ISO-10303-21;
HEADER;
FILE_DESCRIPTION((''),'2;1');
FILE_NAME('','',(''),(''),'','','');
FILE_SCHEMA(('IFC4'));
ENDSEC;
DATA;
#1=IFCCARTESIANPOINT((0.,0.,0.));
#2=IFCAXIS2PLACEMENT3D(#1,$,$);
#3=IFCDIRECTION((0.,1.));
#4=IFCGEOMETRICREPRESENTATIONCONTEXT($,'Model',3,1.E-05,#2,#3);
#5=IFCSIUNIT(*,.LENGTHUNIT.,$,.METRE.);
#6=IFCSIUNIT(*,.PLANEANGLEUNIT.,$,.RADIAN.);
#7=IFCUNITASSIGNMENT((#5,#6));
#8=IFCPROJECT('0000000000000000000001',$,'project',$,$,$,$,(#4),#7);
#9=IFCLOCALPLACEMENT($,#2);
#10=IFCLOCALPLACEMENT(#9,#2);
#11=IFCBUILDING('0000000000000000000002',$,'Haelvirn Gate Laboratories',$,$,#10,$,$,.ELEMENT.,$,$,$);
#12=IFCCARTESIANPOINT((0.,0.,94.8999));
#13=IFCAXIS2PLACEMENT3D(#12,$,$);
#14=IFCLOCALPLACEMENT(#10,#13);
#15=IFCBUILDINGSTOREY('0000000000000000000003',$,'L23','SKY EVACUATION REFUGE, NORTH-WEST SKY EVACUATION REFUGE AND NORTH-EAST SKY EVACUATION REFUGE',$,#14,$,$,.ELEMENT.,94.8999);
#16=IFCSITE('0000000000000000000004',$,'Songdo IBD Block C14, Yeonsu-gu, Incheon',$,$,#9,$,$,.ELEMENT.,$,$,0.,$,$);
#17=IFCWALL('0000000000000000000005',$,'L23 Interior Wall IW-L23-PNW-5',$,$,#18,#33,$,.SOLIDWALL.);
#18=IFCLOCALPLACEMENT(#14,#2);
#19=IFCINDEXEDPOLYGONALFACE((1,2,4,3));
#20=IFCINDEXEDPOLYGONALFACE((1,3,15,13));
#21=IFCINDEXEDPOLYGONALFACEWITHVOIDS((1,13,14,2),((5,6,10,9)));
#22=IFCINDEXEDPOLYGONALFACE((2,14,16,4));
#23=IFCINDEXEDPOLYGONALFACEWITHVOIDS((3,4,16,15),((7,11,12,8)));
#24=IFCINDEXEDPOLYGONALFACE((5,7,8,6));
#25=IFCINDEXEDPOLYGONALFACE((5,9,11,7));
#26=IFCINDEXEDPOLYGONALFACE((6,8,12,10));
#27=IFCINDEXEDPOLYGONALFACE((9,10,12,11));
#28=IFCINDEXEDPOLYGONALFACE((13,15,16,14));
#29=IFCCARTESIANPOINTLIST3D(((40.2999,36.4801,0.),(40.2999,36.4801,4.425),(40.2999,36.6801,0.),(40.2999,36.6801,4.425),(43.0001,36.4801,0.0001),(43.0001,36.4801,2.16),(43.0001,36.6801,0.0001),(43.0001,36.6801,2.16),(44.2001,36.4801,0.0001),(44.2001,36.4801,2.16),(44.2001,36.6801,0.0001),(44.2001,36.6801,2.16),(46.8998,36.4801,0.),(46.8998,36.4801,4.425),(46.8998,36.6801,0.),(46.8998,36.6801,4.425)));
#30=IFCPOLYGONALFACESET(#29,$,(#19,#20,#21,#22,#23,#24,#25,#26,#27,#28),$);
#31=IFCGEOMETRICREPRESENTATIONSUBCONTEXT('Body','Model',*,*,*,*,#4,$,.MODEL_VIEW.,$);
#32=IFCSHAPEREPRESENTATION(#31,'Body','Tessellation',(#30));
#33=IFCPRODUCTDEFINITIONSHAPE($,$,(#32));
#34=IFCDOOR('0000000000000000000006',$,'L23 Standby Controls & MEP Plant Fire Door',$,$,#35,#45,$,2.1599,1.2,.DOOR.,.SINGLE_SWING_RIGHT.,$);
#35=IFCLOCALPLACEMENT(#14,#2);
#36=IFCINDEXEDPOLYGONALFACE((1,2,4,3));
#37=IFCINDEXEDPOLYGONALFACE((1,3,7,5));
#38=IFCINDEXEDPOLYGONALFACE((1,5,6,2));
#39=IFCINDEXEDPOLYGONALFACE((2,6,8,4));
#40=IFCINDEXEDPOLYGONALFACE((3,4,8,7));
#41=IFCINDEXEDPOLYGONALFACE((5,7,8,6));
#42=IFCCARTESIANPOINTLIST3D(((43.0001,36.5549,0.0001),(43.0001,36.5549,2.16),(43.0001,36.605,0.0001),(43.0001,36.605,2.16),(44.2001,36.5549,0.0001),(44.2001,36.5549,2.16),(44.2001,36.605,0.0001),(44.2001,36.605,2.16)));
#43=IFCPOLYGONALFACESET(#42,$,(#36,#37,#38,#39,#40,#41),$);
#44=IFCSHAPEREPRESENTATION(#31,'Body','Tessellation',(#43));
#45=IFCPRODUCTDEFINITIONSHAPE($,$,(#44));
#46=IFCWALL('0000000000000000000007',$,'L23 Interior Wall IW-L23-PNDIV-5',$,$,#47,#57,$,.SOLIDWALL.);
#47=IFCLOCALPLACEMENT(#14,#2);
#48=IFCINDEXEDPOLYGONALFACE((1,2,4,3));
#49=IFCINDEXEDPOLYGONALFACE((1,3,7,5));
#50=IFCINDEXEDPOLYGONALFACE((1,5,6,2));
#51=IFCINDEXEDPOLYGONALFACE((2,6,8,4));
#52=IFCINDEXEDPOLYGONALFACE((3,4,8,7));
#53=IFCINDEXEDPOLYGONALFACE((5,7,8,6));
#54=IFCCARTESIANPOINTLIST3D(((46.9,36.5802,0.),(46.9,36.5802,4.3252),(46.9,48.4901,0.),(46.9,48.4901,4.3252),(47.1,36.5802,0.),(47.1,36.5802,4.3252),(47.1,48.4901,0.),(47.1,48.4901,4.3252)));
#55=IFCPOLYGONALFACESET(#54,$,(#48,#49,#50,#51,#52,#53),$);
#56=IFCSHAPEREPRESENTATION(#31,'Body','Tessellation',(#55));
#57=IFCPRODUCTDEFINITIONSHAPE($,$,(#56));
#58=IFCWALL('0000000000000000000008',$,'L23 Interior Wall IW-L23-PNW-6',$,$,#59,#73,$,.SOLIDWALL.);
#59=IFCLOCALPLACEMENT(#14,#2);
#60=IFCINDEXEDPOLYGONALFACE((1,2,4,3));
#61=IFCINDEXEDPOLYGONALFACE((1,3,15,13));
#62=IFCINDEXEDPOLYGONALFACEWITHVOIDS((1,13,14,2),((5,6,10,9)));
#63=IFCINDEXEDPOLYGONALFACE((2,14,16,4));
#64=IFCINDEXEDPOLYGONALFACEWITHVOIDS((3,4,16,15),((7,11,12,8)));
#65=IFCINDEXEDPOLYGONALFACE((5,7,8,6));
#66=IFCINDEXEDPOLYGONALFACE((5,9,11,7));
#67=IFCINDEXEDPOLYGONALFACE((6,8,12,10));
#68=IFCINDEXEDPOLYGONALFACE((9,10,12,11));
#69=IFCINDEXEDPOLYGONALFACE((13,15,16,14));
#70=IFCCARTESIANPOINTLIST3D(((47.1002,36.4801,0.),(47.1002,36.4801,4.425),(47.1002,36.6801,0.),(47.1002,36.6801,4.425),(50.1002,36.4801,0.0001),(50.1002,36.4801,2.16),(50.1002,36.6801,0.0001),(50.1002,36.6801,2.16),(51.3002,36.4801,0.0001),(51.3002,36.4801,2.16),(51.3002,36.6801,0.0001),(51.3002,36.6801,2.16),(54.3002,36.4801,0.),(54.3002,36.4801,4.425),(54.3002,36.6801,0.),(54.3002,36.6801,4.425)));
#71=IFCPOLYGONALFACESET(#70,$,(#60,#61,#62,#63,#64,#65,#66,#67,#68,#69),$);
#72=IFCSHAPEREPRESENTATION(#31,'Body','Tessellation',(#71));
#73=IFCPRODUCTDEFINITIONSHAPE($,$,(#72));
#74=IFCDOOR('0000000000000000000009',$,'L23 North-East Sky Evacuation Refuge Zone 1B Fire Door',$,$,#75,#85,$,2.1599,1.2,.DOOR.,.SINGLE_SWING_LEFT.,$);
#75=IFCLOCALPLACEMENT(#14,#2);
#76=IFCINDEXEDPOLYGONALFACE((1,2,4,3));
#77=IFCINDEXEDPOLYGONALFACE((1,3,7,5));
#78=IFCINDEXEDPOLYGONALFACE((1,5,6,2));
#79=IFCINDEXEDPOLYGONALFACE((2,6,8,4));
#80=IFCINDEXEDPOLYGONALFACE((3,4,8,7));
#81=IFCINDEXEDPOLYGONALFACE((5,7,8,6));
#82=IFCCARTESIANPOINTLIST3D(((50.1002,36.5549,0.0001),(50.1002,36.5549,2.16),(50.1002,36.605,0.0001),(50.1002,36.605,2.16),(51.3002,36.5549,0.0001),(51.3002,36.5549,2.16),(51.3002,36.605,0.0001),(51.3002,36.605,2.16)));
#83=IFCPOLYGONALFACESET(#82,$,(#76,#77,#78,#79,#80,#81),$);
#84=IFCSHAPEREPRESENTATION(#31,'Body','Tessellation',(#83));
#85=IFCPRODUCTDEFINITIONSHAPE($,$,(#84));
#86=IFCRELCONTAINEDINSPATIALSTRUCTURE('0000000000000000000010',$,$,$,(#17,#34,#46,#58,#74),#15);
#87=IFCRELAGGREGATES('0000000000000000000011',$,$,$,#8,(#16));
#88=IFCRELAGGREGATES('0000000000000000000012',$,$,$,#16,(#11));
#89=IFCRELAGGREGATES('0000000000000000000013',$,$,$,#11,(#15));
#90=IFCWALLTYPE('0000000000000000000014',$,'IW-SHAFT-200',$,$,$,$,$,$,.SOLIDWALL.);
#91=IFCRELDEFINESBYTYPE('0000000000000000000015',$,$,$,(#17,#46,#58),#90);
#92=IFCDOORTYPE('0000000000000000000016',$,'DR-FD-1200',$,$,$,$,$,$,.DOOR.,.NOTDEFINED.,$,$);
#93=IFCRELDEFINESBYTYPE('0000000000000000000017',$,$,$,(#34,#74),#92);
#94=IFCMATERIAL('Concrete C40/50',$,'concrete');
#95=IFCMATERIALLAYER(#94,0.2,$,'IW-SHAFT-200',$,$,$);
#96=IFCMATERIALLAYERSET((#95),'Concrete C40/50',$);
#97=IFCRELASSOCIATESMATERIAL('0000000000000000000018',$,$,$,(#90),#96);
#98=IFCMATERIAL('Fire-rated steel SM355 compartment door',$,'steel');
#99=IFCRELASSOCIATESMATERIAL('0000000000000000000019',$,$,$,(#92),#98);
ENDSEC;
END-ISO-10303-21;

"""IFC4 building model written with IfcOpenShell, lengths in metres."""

from ifc_helpers import new_model, si_unit, direction, frame, frame_2d, origin, place, context, subcontext, project, spatial, rectangle, extrude, source, transform, mapped, material, layer, layer_set, type_object, type_shapes, element, fill, save


model = new_model("IFC4")

# Units and contexts
model_context = context("Model", 3, precision=1e-05, world=origin(), true_north=direction((0.0, 1.0)))
body_context = subcontext(model_context, "Body", "Model", "MODEL_VIEW")
ifc_project = project(units=[si_unit("LENGTHUNIT", "METRE"), si_unit("PLANEANGLEUNIT", "RADIAN")], contexts=[model_context])

# Site, building, storey
site_placement = place(None, origin())
site = spatial("IfcSite", under=ifc_project, at=site_placement, Name="Songdo IBD Block C14, Yeonsu-gu, Incheon", CompositionType="ELEMENT", RefElevation=0.0)
building_placement = place(site_placement, origin())
building = spatial("IfcBuilding", under=site, at=building_placement, Name="Haelvirn Gate Laboratories", CompositionType="ELEMENT")
storey_placement = place(building_placement, frame((0.0, 0.0, 94.8999)))
storey = spatial("IfcBuildingStorey", under=building, at=storey_placement, Name="L23", Description="SKY EVACUATION REFUGE, NORTH-WEST SKY EVACUATION REFUGE AND NORTH-EAST SKY EVACUATION REFUGE", CompositionType="ELEMENT", Elevation=94.8999)

# Shared definitions
ifc_material_1 = material(Name="Concrete C40/50", Category="concrete")
ifc_layer_1 = layer(ifc_material_1, 0.2, Name="IW-SHAFT-200")
ifc_layer_set_1 = layer_set([ifc_layer_1], Name="Concrete C40/50")
wall_type_1 = type_object("IfcWallType", Name="IW-SHAFT-200", PredefinedType="SOLIDWALL", material=ifc_layer_set_1)

# Wall, opening, door
wall_1_placement = place(storey_placement, frame((40.3, 36.5801, 0.0), z_axis=(0.0, 0.0, 1.0), x_axis=(1.0, 0.0, 0.0)))
wall_1 = element("IfcWall", 1, at=wall_1_placement, inside=storey, type_object=wall_type_1, Name="L23 Interior Wall IW-L23-PNW-5", PredefinedType="SOLIDWALL", context=body_context, shape_type="SweptSolid", body=[
    extrude(rectangle(XDim=6.5999, YDim=0.2, at=frame_2d((3.2998, 0.0))), origin(), (0.0, 0.0, 1.0), 4.425),
])
opening_1_placement = place(wall_1_placement, frame((2.7, 0.0, 0.0)))
opening_1 = element("IfcOpeningElement", 2, at=opening_1_placement, cuts=wall_1, PredefinedType="OPENING", context=body_context, shape_type="SweptSolid", body=[
    extrude(rectangle(XDim=1.2, YDim=2.1599, at=frame_2d((0.6001, 1.0801))), frame((0.0, 0.1099, 0.0), z_axis=(0.0, -1.0, 0.0), x_axis=(1.0, 0.0, 0.0)), (0.0, 0.0, 1.0), 0.22),
])
ifc_material_2 = material(Name="Fire-rated steel SM355 compartment door", Category="steel")
door_type_1 = type_object("IfcDoorType", Name="DR-FD-1200", OperationType="NOTDEFINED", PredefinedType="DOOR", material=ifc_material_2)
shared_shape_1 = source(origin(), body_context, "Body", "SweptSolid", [
    extrude(rectangle(XDim=1.2, YDim=2.1599, at=frame_2d((0.6001, 1.0801))), frame((0.0, 0.0249, 0.0), z_axis=(0.0, -1.0, 0.0), x_axis=(1.0, 0.0, 0.0)), (0.0, 0.0, 1.0), 0.05),
])
type_shapes(door_type_1, [shared_shape_1])
door_1_placement = place(opening_1_placement, origin())
door_1 = element("IfcDoor", 3, at=door_1_placement, inside=storey, type_object=door_type_1, Name="L23 Standby Controls & MEP Plant Fire Door", OperationType="SINGLE_SWING_RIGHT", OverallHeight=2.1599, OverallWidth=1.2, PredefinedType="DOOR", context=body_context, shape_type="MappedRepresentation", body=[
    mapped(shared_shape_1, transform((0.0, 0.0, 0.0), scale=1.0)),
])
fill(opening_1, door_1)

# Wall
wall_2_placement = place(storey_placement, frame((47.0, 36.5801, 0.0), z_axis=(0.0, 0.0, 1.0), x_axis=(0.0, 1.0, 0.0)))
element("IfcWall", 4, at=wall_2_placement, inside=storey, type_object=wall_type_1, Name="L23 Interior Wall IW-L23-PNDIV-5", PredefinedType="SOLIDWALL", context=body_context, shape_type="SweptSolid", body=[
    extrude(rectangle(XDim=11.9099, YDim=0.2, at=frame_2d((5.9551, 0.0))), origin(), (0.0, 0.0, 1.0), 4.3252),
])

# Wall, opening, door
wall_3_placement = place(storey_placement, frame((47.1001, 36.5801, 0.0), z_axis=(0.0, 0.0, 1.0), x_axis=(1.0, 0.0, 0.0)))
wall_3 = element("IfcWall", 5, at=wall_3_placement, inside=storey, type_object=wall_type_1, Name="L23 Interior Wall IW-L23-PNW-6", PredefinedType="SOLIDWALL", context=body_context, shape_type="SweptSolid", body=[
    extrude(rectangle(XDim=7.2, YDim=0.2, at=frame_2d((3.6001, 0.0))), origin(), (0.0, 0.0, 1.0), 4.425),
])
opening_2_placement = place(wall_3_placement, frame((3.0, 0.0, 0.0)))
opening_2 = element("IfcOpeningElement", 6, at=opening_2_placement, cuts=wall_3, PredefinedType="OPENING", context=body_context, shape_type="SweptSolid", body=[
    extrude(rectangle(XDim=1.2, YDim=2.1599, at=frame_2d((0.6001, 1.0801))), frame((0.0, 0.1099, 0.0), z_axis=(0.0, -1.0, 0.0), x_axis=(1.0, 0.0, 0.0)), (0.0, 0.0, 1.0), 0.22),
])
door_2_placement = place(opening_2_placement, origin())
door_2 = element("IfcDoor", 7, at=door_2_placement, inside=storey, type_object=door_type_1, Name="L23 North-East Sky Evacuation Refuge Zone 1B Fire Door", OperationType="SINGLE_SWING_LEFT", OverallHeight=2.1599, OverallWidth=1.2, PredefinedType="DOOR", context=body_context, shape_type="MappedRepresentation", body=[
    mapped(shared_shape_1, transform((0.0, 0.0, 0.0), scale=1.0)),
])
fill(opening_2, door_2)

save(model, "model.ifc")
